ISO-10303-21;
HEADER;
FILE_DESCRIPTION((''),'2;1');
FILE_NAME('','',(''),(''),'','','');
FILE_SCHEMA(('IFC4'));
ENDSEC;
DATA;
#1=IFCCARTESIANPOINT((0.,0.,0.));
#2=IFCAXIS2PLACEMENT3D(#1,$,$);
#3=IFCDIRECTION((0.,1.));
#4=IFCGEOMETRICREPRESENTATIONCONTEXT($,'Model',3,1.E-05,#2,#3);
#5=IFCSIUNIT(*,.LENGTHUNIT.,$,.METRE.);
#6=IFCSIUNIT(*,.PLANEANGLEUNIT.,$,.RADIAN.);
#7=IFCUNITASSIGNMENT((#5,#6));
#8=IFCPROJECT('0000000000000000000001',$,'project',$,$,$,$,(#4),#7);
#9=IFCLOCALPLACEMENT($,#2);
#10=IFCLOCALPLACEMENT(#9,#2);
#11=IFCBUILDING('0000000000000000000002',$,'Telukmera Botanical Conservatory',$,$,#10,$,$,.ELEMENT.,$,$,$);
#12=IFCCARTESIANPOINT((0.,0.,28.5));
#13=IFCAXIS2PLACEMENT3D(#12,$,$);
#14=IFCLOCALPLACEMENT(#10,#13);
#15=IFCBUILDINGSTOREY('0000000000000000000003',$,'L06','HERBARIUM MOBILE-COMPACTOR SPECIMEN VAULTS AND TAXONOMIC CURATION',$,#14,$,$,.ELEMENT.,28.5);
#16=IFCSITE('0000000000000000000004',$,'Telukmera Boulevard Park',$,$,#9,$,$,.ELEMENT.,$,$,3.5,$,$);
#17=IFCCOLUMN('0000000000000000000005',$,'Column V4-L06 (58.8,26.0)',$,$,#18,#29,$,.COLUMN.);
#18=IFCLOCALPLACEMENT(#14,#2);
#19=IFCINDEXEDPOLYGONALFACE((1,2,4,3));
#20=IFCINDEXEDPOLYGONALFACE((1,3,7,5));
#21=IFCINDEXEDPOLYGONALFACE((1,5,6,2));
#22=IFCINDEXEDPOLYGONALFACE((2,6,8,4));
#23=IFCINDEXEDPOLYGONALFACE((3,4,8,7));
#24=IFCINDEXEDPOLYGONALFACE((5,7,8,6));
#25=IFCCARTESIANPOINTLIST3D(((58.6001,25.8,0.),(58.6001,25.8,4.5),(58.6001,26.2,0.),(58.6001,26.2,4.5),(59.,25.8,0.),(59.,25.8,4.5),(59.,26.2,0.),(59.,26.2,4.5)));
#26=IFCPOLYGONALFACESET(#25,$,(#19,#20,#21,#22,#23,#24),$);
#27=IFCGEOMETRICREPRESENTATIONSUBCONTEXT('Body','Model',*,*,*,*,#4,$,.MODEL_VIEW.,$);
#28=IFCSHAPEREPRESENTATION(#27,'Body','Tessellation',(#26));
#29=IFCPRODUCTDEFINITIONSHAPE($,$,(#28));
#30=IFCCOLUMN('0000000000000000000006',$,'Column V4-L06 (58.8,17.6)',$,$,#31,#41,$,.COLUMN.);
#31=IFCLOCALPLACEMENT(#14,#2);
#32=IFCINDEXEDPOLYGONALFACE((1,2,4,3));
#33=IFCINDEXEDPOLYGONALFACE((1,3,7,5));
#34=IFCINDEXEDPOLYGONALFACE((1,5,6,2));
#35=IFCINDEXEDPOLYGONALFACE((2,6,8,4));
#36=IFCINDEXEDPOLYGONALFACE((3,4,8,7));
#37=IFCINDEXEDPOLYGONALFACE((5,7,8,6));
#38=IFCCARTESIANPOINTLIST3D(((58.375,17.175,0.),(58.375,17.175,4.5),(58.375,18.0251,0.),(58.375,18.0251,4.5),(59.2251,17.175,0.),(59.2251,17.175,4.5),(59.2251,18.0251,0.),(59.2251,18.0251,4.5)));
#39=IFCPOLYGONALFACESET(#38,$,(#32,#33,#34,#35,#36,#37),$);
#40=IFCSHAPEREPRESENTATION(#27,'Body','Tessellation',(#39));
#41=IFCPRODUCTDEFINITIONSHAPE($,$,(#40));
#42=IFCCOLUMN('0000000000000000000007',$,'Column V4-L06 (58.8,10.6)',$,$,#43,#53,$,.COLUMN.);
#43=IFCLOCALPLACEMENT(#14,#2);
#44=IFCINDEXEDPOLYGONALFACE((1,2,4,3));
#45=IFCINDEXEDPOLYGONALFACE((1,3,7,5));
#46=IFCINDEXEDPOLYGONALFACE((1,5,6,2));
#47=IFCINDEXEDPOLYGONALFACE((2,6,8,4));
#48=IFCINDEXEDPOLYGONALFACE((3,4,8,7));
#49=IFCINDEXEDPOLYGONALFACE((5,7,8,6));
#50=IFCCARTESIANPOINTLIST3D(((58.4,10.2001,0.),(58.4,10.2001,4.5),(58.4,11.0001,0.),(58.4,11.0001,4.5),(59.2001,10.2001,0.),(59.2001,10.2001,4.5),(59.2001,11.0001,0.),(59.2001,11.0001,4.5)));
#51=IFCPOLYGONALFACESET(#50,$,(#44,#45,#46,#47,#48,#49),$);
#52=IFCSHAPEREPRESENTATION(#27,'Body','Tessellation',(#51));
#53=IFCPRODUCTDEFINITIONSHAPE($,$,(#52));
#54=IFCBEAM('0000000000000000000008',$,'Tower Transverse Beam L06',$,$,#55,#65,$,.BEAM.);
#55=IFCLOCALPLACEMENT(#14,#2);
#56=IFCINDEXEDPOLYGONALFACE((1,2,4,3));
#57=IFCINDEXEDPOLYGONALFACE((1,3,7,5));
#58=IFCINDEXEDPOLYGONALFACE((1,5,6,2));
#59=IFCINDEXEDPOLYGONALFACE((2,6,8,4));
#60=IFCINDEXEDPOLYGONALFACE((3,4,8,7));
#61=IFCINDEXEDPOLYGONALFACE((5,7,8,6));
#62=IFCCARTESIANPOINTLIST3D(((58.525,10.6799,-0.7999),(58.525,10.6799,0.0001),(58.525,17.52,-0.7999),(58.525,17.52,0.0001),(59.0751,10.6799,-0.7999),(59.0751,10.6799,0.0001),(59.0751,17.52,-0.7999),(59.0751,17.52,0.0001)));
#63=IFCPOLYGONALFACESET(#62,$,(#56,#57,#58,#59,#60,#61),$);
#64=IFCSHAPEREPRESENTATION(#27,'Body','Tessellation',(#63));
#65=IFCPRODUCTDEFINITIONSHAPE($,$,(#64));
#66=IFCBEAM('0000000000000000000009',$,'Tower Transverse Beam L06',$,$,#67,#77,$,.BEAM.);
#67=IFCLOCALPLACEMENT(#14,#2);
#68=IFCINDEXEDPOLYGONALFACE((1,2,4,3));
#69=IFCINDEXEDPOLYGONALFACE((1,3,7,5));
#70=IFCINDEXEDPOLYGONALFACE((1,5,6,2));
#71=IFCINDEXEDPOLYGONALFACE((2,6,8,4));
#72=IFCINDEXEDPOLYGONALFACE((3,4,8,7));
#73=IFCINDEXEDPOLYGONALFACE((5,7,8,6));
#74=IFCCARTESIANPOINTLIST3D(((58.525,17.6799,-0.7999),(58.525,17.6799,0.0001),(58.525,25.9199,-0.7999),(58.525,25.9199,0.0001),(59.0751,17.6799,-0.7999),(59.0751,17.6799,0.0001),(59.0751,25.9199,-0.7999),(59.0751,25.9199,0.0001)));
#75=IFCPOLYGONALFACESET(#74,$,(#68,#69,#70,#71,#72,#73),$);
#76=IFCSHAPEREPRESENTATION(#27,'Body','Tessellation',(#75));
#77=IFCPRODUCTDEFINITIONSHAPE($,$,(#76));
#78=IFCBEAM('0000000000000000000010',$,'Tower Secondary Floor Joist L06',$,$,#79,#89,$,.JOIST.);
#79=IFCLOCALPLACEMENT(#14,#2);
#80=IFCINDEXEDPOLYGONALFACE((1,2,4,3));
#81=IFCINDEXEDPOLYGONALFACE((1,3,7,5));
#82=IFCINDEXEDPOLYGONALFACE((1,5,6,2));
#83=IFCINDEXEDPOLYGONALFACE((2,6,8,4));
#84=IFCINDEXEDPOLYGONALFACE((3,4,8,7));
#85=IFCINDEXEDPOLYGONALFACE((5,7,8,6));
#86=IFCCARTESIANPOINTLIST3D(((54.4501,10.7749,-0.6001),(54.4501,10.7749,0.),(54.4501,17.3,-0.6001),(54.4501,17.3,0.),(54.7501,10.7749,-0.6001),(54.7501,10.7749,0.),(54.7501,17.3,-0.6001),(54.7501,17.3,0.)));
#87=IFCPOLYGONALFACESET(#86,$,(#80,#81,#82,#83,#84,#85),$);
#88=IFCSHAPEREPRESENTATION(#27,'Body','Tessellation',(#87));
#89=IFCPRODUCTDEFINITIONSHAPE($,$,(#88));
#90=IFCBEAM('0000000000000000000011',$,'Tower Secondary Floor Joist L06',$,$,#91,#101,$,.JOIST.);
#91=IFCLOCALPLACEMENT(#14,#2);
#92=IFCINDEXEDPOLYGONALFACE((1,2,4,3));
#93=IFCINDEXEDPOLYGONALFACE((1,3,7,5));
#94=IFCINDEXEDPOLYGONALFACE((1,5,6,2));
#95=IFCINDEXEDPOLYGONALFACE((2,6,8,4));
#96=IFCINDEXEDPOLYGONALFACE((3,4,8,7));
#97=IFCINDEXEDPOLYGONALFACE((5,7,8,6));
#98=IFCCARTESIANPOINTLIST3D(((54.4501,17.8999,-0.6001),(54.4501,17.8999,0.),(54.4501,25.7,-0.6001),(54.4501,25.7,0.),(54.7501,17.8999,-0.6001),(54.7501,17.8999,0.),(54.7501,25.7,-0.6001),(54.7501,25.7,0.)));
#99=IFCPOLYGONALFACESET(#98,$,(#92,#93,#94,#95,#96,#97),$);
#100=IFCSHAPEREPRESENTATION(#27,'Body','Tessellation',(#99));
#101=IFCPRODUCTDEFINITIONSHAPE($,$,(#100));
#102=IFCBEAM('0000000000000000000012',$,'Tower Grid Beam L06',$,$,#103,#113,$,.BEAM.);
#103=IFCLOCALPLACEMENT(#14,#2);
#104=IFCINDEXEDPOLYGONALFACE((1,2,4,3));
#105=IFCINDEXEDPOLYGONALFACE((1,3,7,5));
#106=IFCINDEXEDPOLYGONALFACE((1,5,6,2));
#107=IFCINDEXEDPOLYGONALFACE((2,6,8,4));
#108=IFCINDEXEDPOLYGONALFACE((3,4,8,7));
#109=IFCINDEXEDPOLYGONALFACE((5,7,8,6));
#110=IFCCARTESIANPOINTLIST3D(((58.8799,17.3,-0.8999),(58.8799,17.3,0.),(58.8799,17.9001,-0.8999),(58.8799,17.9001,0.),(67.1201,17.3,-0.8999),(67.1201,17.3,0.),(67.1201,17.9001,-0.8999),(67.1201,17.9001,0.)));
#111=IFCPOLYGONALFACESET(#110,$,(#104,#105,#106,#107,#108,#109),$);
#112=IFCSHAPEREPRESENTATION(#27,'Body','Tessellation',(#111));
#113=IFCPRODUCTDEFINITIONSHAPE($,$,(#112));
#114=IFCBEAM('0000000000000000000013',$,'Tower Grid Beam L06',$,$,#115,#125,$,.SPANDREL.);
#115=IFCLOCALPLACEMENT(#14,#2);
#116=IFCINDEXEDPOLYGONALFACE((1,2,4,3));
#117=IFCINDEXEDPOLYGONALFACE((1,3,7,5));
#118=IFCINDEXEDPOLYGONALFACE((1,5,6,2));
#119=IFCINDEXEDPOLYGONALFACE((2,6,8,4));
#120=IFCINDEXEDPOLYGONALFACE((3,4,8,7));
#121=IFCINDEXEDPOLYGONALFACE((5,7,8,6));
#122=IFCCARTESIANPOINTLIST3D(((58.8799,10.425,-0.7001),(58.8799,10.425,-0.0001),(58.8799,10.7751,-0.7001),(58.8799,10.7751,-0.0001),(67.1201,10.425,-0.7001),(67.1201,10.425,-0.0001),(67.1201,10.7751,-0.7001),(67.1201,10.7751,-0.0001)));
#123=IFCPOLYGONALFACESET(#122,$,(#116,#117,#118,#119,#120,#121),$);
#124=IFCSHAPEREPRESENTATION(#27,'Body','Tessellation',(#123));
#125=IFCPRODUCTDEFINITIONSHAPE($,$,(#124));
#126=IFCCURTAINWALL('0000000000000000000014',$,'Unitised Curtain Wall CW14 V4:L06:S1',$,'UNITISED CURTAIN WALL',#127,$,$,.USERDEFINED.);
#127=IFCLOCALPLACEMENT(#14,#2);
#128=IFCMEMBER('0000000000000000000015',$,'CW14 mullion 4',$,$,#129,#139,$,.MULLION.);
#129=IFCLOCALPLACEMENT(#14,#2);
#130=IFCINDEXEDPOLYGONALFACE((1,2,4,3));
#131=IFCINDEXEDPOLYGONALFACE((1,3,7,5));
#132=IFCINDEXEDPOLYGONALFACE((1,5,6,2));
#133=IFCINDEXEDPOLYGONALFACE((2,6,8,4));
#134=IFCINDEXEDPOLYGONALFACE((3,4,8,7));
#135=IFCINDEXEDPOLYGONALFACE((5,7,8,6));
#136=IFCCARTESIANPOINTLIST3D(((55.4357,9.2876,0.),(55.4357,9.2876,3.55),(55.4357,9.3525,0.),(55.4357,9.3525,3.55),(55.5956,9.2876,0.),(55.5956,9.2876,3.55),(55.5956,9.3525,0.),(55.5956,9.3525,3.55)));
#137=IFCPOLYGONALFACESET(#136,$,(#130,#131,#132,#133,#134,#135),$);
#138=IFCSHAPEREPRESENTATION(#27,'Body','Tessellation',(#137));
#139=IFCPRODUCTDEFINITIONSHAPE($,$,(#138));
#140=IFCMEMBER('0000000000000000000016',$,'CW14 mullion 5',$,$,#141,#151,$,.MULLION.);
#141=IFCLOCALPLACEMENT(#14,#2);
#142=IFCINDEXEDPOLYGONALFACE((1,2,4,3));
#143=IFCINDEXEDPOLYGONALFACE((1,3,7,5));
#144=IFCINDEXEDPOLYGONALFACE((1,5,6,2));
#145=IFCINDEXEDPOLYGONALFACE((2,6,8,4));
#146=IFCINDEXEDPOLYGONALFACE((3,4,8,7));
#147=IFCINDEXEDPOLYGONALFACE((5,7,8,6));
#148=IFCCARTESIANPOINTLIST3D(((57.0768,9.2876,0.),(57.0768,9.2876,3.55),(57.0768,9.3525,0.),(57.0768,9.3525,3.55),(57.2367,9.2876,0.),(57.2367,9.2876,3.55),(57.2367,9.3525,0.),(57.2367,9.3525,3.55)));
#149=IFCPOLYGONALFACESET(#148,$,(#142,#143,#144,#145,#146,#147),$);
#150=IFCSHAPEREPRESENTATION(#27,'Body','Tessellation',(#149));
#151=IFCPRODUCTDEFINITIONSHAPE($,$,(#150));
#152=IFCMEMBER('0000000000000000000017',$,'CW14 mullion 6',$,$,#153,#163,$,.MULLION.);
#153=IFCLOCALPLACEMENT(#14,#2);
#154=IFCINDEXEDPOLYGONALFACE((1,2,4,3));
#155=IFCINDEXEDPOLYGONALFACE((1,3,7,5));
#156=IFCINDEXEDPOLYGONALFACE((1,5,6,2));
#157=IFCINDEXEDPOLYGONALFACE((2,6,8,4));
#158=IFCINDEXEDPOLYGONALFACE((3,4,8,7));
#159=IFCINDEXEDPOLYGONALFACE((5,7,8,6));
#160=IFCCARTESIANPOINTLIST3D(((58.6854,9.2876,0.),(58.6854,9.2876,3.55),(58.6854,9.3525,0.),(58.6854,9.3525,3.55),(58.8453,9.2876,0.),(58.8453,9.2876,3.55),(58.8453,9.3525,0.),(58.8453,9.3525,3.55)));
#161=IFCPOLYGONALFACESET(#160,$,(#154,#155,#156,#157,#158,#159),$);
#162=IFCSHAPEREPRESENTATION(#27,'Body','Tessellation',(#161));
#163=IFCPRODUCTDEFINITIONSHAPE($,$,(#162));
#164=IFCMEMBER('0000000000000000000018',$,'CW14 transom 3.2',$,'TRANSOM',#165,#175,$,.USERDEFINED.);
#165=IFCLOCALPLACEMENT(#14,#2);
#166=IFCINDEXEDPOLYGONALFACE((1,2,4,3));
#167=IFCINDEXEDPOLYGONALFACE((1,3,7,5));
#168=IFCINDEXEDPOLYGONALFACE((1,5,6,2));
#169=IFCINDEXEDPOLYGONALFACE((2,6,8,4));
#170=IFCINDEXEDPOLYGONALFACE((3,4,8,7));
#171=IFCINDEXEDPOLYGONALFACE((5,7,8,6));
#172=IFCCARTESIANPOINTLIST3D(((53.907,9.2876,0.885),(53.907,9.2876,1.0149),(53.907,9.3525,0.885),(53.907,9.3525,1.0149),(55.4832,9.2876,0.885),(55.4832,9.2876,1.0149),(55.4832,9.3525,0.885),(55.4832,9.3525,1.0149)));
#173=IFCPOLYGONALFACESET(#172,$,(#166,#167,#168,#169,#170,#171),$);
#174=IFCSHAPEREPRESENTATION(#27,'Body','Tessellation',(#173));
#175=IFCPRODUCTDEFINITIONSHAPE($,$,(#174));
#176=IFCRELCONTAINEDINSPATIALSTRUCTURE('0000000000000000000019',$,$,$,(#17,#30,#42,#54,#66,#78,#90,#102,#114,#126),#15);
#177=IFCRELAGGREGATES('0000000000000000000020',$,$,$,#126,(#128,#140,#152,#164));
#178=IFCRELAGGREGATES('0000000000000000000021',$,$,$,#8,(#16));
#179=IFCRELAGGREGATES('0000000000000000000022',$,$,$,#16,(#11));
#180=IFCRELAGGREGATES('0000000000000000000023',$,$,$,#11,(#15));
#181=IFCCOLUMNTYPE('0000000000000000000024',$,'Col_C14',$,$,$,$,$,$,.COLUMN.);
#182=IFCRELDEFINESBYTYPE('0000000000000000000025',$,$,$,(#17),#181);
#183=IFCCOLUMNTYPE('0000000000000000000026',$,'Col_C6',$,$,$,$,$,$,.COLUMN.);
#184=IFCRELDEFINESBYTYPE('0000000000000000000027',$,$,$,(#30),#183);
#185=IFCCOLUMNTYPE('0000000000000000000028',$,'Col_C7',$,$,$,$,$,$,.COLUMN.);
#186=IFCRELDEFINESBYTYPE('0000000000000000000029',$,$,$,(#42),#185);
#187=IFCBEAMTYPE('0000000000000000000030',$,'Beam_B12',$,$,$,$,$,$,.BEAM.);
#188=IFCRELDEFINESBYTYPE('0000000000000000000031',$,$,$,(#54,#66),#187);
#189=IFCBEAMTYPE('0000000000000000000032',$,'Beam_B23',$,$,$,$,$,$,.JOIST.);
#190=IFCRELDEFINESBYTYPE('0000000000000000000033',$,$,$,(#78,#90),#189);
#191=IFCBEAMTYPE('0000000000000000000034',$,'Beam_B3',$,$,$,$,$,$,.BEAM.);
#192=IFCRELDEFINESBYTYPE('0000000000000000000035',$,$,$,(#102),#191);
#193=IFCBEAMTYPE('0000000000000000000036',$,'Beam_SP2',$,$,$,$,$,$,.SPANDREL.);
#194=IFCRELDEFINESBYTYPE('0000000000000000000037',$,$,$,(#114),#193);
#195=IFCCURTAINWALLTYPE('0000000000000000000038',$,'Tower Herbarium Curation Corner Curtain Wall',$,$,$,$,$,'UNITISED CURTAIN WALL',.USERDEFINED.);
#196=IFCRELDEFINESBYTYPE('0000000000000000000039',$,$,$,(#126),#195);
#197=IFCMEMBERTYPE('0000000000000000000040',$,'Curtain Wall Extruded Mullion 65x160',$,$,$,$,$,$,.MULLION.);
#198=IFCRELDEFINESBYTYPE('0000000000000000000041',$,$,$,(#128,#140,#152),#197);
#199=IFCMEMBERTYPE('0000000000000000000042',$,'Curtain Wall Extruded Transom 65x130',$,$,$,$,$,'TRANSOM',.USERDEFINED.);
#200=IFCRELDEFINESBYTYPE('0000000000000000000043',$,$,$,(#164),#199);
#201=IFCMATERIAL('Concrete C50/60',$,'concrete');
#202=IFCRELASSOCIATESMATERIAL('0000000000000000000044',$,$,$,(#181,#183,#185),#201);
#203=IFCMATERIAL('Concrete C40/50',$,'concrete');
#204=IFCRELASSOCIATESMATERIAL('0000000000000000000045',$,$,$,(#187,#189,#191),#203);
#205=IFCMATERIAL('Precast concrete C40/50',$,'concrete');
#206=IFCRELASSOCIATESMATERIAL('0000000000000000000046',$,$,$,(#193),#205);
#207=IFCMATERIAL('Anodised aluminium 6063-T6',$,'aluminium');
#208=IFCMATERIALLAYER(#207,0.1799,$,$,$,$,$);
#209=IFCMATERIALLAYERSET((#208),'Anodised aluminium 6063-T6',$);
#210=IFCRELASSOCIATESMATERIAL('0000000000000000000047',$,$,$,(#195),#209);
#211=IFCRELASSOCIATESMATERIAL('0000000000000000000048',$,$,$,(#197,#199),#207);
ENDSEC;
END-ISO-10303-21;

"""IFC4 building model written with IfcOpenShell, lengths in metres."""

from ifc_helpers import new_model, si_unit, direction, frame, origin, origin_2d, place, context, subcontext, project, spatial, rectangle, extrude, material, layer, layer_set, material_profile, profile_set, type_object, element, aggregate, save


model = new_model("IFC4")

# Units and contexts
model_context = context("Model", 3, precision=1e-05, world=origin(), true_north=direction((0.0, 1.0)))
body_context = subcontext(model_context, "Body", "Model", "MODEL_VIEW")
ifc_project = project(units=[si_unit("LENGTHUNIT", "METRE"), si_unit("PLANEANGLEUNIT", "RADIAN")], contexts=[model_context])

# Site, building, storey
site_placement = place(None, origin())
site = spatial("IfcSite", under=ifc_project, at=site_placement, Name="Telukmera Boulevard Park", CompositionType="ELEMENT", RefElevation=3.5)
building_placement = place(site_placement, origin())
building = spatial("IfcBuilding", under=site, at=building_placement, Name="Telukmera Botanical Conservatory", CompositionType="ELEMENT")
storey_placement = place(building_placement, frame((0.0, 0.0, 28.5)))
storey = spatial("IfcBuildingStorey", under=building, at=storey_placement, Name="L06", Description="HERBARIUM MOBILE-COMPACTOR SPECIMEN VAULTS AND TAXONOMIC CURATION", CompositionType="ELEMENT", Elevation=28.5)

# Columns
ifc_material_1 = material(Name="Concrete C50/60", Category="concrete")
ifc_material_profile_1 = material_profile(ifc_material_1, rectangle(XDim=0.3999, YDim=0.3999, at=origin_2d()), Name="RC 400x400")
ifc_profile_set_1 = profile_set([ifc_material_profile_1], Name="Concrete C50/60")
column_type_1 = type_object("IfcColumnType", Name="Col_C14", PredefinedType="COLUMN", material=ifc_profile_set_1)
column_1_placement = place(storey_placement, frame((58.8, 26.0, 0.0), z_axis=(0.0, 0.0, 1.0), x_axis=(1.0, 0.0, 0.0)))
element("IfcColumn", 1, at=column_1_placement, inside=storey, type_object=column_type_1, Name="Column V4-L06 (58.8,26.0)", PredefinedType="COLUMN", context=body_context, shape_type="SweptSolid", body=[
    extrude(rectangle(XDim=0.3999, YDim=0.3999, at=origin_2d()), origin(), (0.0, 0.0, 1.0), 4.5),
])
ifc_material_profile_2 = material_profile(ifc_material_1, rectangle(XDim=0.8501, YDim=0.8501, at=origin_2d()), Name="RC 850x850")
ifc_profile_set_2 = profile_set([ifc_material_profile_2], Name="Concrete C50/60")
column_type_2 = type_object("IfcColumnType", Name="Col_C6", PredefinedType="COLUMN", material=ifc_profile_set_2)
column_2_placement = place(storey_placement, frame((58.8, 17.6001, 0.0), z_axis=(0.0, 0.0, 1.0), x_axis=(1.0, 0.0, 0.0)))
element("IfcColumn", 2, at=column_2_placement, inside=storey, type_object=column_type_2, Name="Column V4-L06 (58.8,17.6)", PredefinedType="COLUMN", context=body_context, shape_type="SweptSolid", body=[
    extrude(rectangle(XDim=0.8501, YDim=0.8501, at=origin_2d()), origin(), (0.0, 0.0, 1.0), 4.5),
])
ifc_material_profile_3 = material_profile(ifc_material_1, rectangle(XDim=0.8, YDim=0.8, at=origin_2d()), Name="RC 800x800")
ifc_profile_set_3 = profile_set([ifc_material_profile_3], Name="Concrete C50/60")
column_type_3 = type_object("IfcColumnType", Name="Col_C7", PredefinedType="COLUMN", material=ifc_profile_set_3)
column_3_placement = place(storey_placement, frame((58.8, 10.6001, 0.0), z_axis=(0.0, 0.0, 1.0), x_axis=(1.0, 0.0, 0.0)))
element("IfcColumn", 3, at=column_3_placement, inside=storey, type_object=column_type_3, Name="Column V4-L06 (58.8,10.6)", PredefinedType="COLUMN", context=body_context, shape_type="SweptSolid", body=[
    extrude(rectangle(XDim=0.8, YDim=0.8, at=origin_2d()), origin(), (0.0, 0.0, 1.0), 4.5),
])

# Beams
ifc_material_2 = material(Name="Concrete C40/50", Category="concrete")
ifc_material_profile_4 = material_profile(ifc_material_2, rectangle(XDim=0.55, YDim=0.8, at=origin_2d()), Name="RC 550x800")
ifc_profile_set_4 = profile_set([ifc_material_profile_4], Name="Concrete C40/50")
beam_type_1 = type_object("IfcBeamType", Name="Beam_B12", PredefinedType="BEAM", material=ifc_profile_set_4)
beam_1_placement = place(storey_placement, frame((58.8, 10.6799, -0.3999), z_axis=(0.0, 1.0, 0.0), x_axis=(-1.0, 0.0, 0.0)))
element("IfcBeam", 4, at=beam_1_placement, inside=storey, type_object=beam_type_1, Name="Tower Transverse Beam L06", PredefinedType="BEAM", context=body_context, shape_type="SweptSolid", body=[
    extrude(rectangle(XDim=0.55, YDim=0.8, at=origin_2d()), origin(), (0.0, 0.0, 1.0), 6.8401),
])
beam_2_placement = place(storey_placement, frame((58.8, 17.6799, -0.3999), z_axis=(0.0, 1.0, 0.0), x_axis=(-1.0, 0.0, 0.0)))
element("IfcBeam", 5, at=beam_2_placement, inside=storey, type_object=beam_type_1, Name="Tower Transverse Beam L06", PredefinedType="BEAM", context=body_context, shape_type="SweptSolid", body=[
    extrude(rectangle(XDim=0.55, YDim=0.8, at=origin_2d()), origin(), (0.0, 0.0, 1.0), 8.24),
])
ifc_material_profile_5 = material_profile(ifc_material_2, rectangle(XDim=0.3, YDim=0.6001, at=origin_2d()), Name="RC 300x600")
ifc_profile_set_5 = profile_set([ifc_material_profile_5], Name="Concrete C40/50")
beam_type_2 = type_object("IfcBeamType", Name="Beam_B23", PredefinedType="JOIST", material=ifc_profile_set_5)
beam_3_placement = place(storey_placement, frame((54.6001, 10.7749, -0.3), z_axis=(0.0, 1.0, 0.0), x_axis=(-1.0, 0.0, 0.0)))
element("IfcBeam", 6, at=beam_3_placement, inside=storey, type_object=beam_type_2, Name="Tower Secondary Floor Joist L06", PredefinedType="JOIST", context=body_context, shape_type="SweptSolid", body=[
    extrude(rectangle(XDim=0.3, YDim=0.6001, at=origin_2d()), origin(), (0.0, 0.0, 1.0), 6.5251),
])
beam_4_placement = place(storey_placement, frame((54.6001, 17.8999, -0.3), z_axis=(0.0, 1.0, 0.0), x_axis=(-1.0, 0.0, 0.0)))
element("IfcBeam", 7, at=beam_4_placement, inside=storey, type_object=beam_type_2, Name="Tower Secondary Floor Joist L06", PredefinedType="JOIST", context=body_context, shape_type="SweptSolid", body=[
    extrude(rectangle(XDim=0.3, YDim=0.6001, at=origin_2d()), origin(), (0.0, 0.0, 1.0), 7.8),
])
ifc_material_profile_6 = material_profile(ifc_material_2, rectangle(XDim=0.6001, YDim=0.8999, at=origin_2d()), Name="RC 600x900")
ifc_profile_set_6 = profile_set([ifc_material_profile_6], Name="Concrete C40/50")
beam_type_3 = type_object("IfcBeamType", Name="Beam_B3", PredefinedType="BEAM", material=ifc_profile_set_6)
beam_5_placement = place(storey_placement, frame((58.8799, 17.6001, -0.45), z_axis=(1.0, 0.0, 0.0), x_axis=(0.0, 1.0, 0.0)))
element("IfcBeam", 8, at=beam_5_placement, inside=storey, type_object=beam_type_3, Name="Tower Grid Beam L06", PredefinedType="BEAM", context=body_context, shape_type="SweptSolid", body=[
    extrude(rectangle(XDim=0.6001, YDim=0.8999, at=origin_2d()), origin(), (0.0, 0.0, 1.0), 8.2402),
])
ifc_material_3 = material(Name="Precast concrete C40/50", Category="concrete")
ifc_material_profile_7 = material_profile(ifc_material_3, rectangle(XDim=0.3501, YDim=0.7, at=origin_2d()), Name="PC 350x700")
ifc_profile_set_7 = profile_set([ifc_material_profile_7], Name="Precast concrete C40/50")
beam_type_4 = type_object("IfcBeamType", Name="Beam_SP2", PredefinedType="SPANDREL", material=ifc_profile_set_7)
beam_6_placement = place(storey_placement, frame((58.8799, 10.6001, -0.3501), z_axis=(1.0, 0.0, 0.0), x_axis=(0.0, 1.0, 0.0)))
element("IfcBeam", 9, at=beam_6_placement, inside=storey, type_object=beam_type_4, Name="Tower Grid Beam L06", PredefinedType="SPANDREL", context=body_context, shape_type="SweptSolid", body=[
    extrude(rectangle(XDim=0.3501, YDim=0.7, at=origin_2d()), origin(), (0.0, 0.0, 1.0), 8.2402),
])

# Curtain wall, members
ifc_material_4 = material(Name="Anodised aluminium 6063-T6", Category="aluminium")
ifc_layer_1 = layer(ifc_material_4, 0.1799)
ifc_layer_set_1 = layer_set([ifc_layer_1], Name="Anodised aluminium 6063-T6")
curtain_wall_type = type_object("IfcCurtainWallType", Name="Tower Herbarium Curation Corner Curtain Wall", ElementType="UNITISED CURTAIN WALL", PredefinedType="USERDEFINED", material=ifc_layer_set_1)
curtain_wall_placement = place(storey_placement, origin())
curtain_wall = element("IfcCurtainWall", 10, at=curtain_wall_placement, inside=storey, type_object=curtain_wall_type, Name="Unitised Curtain Wall CW14 V4:L06:S1", ObjectType="UNITISED CURTAIN WALL", PredefinedType="USERDEFINED")
ifc_material_profile_8 = material_profile(ifc_material_4, rectangle(XDim=0.0649, YDim=0.1599, at=origin_2d()), Name="ALU MULL 65x160")
ifc_profile_set_8 = profile_set([ifc_material_profile_8], Name="Anodised aluminium 6063-T6")
member_type_1 = type_object("IfcMemberType", Name="Curtain Wall Extruded Mullion 65x160", PredefinedType="MULLION", material=ifc_profile_set_8)
member_1_placement = place(storey_placement, frame((55.5156, 9.3201, 0.0), z_axis=(0.0, 0.0, 1.0), x_axis=(0.0, 1.0, 0.0)))
member_1 = element("IfcMember", 11, at=member_1_placement, type_object=member_type_1, Name="CW14 mullion 4", PredefinedType="MULLION", context=body_context, shape_type="SweptSolid", body=[
    extrude(rectangle(XDim=0.0649, YDim=0.1599, at=origin_2d()), origin(), (0.0, 0.0, 1.0), 3.55),
])
member_2_placement = place(storey_placement, frame((57.1567, 9.3201, 0.0), z_axis=(0.0, 0.0, 1.0), x_axis=(0.0, 1.0, 0.0)))
member_2 = element("IfcMember", 12, at=member_2_placement, type_object=member_type_1, Name="CW14 mullion 5", PredefinedType="MULLION", context=body_context, shape_type="SweptSolid", body=[
    extrude(rectangle(XDim=0.0649, YDim=0.1599, at=origin_2d()), origin(), (0.0, 0.0, 1.0), 3.55),
])
member_3_placement = place(storey_placement, frame((58.7654, 9.3201, 0.0), z_axis=(0.0, 0.0, 1.0), x_axis=(0.0, 1.0, 0.0)))
member_3 = element("IfcMember", 13, at=member_3_placement, type_object=member_type_1, Name="CW14 mullion 6", PredefinedType="MULLION", context=body_context, shape_type="SweptSolid", body=[
    extrude(rectangle(XDim=0.0649, YDim=0.1599, at=origin_2d()), origin(), (0.0, 0.0, 1.0), 3.55),
])
ifc_material_profile_9 = material_profile(ifc_material_4, rectangle(XDim=0.0649, YDim=0.1299, at=origin_2d()), Name="ALU TRAN 65x130")
ifc_profile_set_9 = profile_set([ifc_material_profile_9], Name="Anodised aluminium 6063-T6")
member_type_2 = type_object("IfcMemberType", Name="Curtain Wall Extruded Transom 65x130", ElementType="TRANSOM", PredefinedType="USERDEFINED", material=ifc_profile_set_9)
member_4_placement = place(storey_placement, frame((53.907, 9.3201, 0.95), z_axis=(1.0, 0.0, 0.0), x_axis=(0.0, 1.0, 0.0)))
member_4 = element("IfcMember", 14, at=member_4_placement, type_object=member_type_2, Name="CW14 transom 3.2", ObjectType="TRANSOM", PredefinedType="USERDEFINED", context=body_context, shape_type="SweptSolid", body=[
    extrude(rectangle(XDim=0.0649, YDim=0.1299, at=origin_2d()), origin(), (0.0, 0.0, 1.0), 1.5762),
])
aggregate(curtain_wall, [member_1, member_2, member_3, member_4])

save(model, "model.ifc")
